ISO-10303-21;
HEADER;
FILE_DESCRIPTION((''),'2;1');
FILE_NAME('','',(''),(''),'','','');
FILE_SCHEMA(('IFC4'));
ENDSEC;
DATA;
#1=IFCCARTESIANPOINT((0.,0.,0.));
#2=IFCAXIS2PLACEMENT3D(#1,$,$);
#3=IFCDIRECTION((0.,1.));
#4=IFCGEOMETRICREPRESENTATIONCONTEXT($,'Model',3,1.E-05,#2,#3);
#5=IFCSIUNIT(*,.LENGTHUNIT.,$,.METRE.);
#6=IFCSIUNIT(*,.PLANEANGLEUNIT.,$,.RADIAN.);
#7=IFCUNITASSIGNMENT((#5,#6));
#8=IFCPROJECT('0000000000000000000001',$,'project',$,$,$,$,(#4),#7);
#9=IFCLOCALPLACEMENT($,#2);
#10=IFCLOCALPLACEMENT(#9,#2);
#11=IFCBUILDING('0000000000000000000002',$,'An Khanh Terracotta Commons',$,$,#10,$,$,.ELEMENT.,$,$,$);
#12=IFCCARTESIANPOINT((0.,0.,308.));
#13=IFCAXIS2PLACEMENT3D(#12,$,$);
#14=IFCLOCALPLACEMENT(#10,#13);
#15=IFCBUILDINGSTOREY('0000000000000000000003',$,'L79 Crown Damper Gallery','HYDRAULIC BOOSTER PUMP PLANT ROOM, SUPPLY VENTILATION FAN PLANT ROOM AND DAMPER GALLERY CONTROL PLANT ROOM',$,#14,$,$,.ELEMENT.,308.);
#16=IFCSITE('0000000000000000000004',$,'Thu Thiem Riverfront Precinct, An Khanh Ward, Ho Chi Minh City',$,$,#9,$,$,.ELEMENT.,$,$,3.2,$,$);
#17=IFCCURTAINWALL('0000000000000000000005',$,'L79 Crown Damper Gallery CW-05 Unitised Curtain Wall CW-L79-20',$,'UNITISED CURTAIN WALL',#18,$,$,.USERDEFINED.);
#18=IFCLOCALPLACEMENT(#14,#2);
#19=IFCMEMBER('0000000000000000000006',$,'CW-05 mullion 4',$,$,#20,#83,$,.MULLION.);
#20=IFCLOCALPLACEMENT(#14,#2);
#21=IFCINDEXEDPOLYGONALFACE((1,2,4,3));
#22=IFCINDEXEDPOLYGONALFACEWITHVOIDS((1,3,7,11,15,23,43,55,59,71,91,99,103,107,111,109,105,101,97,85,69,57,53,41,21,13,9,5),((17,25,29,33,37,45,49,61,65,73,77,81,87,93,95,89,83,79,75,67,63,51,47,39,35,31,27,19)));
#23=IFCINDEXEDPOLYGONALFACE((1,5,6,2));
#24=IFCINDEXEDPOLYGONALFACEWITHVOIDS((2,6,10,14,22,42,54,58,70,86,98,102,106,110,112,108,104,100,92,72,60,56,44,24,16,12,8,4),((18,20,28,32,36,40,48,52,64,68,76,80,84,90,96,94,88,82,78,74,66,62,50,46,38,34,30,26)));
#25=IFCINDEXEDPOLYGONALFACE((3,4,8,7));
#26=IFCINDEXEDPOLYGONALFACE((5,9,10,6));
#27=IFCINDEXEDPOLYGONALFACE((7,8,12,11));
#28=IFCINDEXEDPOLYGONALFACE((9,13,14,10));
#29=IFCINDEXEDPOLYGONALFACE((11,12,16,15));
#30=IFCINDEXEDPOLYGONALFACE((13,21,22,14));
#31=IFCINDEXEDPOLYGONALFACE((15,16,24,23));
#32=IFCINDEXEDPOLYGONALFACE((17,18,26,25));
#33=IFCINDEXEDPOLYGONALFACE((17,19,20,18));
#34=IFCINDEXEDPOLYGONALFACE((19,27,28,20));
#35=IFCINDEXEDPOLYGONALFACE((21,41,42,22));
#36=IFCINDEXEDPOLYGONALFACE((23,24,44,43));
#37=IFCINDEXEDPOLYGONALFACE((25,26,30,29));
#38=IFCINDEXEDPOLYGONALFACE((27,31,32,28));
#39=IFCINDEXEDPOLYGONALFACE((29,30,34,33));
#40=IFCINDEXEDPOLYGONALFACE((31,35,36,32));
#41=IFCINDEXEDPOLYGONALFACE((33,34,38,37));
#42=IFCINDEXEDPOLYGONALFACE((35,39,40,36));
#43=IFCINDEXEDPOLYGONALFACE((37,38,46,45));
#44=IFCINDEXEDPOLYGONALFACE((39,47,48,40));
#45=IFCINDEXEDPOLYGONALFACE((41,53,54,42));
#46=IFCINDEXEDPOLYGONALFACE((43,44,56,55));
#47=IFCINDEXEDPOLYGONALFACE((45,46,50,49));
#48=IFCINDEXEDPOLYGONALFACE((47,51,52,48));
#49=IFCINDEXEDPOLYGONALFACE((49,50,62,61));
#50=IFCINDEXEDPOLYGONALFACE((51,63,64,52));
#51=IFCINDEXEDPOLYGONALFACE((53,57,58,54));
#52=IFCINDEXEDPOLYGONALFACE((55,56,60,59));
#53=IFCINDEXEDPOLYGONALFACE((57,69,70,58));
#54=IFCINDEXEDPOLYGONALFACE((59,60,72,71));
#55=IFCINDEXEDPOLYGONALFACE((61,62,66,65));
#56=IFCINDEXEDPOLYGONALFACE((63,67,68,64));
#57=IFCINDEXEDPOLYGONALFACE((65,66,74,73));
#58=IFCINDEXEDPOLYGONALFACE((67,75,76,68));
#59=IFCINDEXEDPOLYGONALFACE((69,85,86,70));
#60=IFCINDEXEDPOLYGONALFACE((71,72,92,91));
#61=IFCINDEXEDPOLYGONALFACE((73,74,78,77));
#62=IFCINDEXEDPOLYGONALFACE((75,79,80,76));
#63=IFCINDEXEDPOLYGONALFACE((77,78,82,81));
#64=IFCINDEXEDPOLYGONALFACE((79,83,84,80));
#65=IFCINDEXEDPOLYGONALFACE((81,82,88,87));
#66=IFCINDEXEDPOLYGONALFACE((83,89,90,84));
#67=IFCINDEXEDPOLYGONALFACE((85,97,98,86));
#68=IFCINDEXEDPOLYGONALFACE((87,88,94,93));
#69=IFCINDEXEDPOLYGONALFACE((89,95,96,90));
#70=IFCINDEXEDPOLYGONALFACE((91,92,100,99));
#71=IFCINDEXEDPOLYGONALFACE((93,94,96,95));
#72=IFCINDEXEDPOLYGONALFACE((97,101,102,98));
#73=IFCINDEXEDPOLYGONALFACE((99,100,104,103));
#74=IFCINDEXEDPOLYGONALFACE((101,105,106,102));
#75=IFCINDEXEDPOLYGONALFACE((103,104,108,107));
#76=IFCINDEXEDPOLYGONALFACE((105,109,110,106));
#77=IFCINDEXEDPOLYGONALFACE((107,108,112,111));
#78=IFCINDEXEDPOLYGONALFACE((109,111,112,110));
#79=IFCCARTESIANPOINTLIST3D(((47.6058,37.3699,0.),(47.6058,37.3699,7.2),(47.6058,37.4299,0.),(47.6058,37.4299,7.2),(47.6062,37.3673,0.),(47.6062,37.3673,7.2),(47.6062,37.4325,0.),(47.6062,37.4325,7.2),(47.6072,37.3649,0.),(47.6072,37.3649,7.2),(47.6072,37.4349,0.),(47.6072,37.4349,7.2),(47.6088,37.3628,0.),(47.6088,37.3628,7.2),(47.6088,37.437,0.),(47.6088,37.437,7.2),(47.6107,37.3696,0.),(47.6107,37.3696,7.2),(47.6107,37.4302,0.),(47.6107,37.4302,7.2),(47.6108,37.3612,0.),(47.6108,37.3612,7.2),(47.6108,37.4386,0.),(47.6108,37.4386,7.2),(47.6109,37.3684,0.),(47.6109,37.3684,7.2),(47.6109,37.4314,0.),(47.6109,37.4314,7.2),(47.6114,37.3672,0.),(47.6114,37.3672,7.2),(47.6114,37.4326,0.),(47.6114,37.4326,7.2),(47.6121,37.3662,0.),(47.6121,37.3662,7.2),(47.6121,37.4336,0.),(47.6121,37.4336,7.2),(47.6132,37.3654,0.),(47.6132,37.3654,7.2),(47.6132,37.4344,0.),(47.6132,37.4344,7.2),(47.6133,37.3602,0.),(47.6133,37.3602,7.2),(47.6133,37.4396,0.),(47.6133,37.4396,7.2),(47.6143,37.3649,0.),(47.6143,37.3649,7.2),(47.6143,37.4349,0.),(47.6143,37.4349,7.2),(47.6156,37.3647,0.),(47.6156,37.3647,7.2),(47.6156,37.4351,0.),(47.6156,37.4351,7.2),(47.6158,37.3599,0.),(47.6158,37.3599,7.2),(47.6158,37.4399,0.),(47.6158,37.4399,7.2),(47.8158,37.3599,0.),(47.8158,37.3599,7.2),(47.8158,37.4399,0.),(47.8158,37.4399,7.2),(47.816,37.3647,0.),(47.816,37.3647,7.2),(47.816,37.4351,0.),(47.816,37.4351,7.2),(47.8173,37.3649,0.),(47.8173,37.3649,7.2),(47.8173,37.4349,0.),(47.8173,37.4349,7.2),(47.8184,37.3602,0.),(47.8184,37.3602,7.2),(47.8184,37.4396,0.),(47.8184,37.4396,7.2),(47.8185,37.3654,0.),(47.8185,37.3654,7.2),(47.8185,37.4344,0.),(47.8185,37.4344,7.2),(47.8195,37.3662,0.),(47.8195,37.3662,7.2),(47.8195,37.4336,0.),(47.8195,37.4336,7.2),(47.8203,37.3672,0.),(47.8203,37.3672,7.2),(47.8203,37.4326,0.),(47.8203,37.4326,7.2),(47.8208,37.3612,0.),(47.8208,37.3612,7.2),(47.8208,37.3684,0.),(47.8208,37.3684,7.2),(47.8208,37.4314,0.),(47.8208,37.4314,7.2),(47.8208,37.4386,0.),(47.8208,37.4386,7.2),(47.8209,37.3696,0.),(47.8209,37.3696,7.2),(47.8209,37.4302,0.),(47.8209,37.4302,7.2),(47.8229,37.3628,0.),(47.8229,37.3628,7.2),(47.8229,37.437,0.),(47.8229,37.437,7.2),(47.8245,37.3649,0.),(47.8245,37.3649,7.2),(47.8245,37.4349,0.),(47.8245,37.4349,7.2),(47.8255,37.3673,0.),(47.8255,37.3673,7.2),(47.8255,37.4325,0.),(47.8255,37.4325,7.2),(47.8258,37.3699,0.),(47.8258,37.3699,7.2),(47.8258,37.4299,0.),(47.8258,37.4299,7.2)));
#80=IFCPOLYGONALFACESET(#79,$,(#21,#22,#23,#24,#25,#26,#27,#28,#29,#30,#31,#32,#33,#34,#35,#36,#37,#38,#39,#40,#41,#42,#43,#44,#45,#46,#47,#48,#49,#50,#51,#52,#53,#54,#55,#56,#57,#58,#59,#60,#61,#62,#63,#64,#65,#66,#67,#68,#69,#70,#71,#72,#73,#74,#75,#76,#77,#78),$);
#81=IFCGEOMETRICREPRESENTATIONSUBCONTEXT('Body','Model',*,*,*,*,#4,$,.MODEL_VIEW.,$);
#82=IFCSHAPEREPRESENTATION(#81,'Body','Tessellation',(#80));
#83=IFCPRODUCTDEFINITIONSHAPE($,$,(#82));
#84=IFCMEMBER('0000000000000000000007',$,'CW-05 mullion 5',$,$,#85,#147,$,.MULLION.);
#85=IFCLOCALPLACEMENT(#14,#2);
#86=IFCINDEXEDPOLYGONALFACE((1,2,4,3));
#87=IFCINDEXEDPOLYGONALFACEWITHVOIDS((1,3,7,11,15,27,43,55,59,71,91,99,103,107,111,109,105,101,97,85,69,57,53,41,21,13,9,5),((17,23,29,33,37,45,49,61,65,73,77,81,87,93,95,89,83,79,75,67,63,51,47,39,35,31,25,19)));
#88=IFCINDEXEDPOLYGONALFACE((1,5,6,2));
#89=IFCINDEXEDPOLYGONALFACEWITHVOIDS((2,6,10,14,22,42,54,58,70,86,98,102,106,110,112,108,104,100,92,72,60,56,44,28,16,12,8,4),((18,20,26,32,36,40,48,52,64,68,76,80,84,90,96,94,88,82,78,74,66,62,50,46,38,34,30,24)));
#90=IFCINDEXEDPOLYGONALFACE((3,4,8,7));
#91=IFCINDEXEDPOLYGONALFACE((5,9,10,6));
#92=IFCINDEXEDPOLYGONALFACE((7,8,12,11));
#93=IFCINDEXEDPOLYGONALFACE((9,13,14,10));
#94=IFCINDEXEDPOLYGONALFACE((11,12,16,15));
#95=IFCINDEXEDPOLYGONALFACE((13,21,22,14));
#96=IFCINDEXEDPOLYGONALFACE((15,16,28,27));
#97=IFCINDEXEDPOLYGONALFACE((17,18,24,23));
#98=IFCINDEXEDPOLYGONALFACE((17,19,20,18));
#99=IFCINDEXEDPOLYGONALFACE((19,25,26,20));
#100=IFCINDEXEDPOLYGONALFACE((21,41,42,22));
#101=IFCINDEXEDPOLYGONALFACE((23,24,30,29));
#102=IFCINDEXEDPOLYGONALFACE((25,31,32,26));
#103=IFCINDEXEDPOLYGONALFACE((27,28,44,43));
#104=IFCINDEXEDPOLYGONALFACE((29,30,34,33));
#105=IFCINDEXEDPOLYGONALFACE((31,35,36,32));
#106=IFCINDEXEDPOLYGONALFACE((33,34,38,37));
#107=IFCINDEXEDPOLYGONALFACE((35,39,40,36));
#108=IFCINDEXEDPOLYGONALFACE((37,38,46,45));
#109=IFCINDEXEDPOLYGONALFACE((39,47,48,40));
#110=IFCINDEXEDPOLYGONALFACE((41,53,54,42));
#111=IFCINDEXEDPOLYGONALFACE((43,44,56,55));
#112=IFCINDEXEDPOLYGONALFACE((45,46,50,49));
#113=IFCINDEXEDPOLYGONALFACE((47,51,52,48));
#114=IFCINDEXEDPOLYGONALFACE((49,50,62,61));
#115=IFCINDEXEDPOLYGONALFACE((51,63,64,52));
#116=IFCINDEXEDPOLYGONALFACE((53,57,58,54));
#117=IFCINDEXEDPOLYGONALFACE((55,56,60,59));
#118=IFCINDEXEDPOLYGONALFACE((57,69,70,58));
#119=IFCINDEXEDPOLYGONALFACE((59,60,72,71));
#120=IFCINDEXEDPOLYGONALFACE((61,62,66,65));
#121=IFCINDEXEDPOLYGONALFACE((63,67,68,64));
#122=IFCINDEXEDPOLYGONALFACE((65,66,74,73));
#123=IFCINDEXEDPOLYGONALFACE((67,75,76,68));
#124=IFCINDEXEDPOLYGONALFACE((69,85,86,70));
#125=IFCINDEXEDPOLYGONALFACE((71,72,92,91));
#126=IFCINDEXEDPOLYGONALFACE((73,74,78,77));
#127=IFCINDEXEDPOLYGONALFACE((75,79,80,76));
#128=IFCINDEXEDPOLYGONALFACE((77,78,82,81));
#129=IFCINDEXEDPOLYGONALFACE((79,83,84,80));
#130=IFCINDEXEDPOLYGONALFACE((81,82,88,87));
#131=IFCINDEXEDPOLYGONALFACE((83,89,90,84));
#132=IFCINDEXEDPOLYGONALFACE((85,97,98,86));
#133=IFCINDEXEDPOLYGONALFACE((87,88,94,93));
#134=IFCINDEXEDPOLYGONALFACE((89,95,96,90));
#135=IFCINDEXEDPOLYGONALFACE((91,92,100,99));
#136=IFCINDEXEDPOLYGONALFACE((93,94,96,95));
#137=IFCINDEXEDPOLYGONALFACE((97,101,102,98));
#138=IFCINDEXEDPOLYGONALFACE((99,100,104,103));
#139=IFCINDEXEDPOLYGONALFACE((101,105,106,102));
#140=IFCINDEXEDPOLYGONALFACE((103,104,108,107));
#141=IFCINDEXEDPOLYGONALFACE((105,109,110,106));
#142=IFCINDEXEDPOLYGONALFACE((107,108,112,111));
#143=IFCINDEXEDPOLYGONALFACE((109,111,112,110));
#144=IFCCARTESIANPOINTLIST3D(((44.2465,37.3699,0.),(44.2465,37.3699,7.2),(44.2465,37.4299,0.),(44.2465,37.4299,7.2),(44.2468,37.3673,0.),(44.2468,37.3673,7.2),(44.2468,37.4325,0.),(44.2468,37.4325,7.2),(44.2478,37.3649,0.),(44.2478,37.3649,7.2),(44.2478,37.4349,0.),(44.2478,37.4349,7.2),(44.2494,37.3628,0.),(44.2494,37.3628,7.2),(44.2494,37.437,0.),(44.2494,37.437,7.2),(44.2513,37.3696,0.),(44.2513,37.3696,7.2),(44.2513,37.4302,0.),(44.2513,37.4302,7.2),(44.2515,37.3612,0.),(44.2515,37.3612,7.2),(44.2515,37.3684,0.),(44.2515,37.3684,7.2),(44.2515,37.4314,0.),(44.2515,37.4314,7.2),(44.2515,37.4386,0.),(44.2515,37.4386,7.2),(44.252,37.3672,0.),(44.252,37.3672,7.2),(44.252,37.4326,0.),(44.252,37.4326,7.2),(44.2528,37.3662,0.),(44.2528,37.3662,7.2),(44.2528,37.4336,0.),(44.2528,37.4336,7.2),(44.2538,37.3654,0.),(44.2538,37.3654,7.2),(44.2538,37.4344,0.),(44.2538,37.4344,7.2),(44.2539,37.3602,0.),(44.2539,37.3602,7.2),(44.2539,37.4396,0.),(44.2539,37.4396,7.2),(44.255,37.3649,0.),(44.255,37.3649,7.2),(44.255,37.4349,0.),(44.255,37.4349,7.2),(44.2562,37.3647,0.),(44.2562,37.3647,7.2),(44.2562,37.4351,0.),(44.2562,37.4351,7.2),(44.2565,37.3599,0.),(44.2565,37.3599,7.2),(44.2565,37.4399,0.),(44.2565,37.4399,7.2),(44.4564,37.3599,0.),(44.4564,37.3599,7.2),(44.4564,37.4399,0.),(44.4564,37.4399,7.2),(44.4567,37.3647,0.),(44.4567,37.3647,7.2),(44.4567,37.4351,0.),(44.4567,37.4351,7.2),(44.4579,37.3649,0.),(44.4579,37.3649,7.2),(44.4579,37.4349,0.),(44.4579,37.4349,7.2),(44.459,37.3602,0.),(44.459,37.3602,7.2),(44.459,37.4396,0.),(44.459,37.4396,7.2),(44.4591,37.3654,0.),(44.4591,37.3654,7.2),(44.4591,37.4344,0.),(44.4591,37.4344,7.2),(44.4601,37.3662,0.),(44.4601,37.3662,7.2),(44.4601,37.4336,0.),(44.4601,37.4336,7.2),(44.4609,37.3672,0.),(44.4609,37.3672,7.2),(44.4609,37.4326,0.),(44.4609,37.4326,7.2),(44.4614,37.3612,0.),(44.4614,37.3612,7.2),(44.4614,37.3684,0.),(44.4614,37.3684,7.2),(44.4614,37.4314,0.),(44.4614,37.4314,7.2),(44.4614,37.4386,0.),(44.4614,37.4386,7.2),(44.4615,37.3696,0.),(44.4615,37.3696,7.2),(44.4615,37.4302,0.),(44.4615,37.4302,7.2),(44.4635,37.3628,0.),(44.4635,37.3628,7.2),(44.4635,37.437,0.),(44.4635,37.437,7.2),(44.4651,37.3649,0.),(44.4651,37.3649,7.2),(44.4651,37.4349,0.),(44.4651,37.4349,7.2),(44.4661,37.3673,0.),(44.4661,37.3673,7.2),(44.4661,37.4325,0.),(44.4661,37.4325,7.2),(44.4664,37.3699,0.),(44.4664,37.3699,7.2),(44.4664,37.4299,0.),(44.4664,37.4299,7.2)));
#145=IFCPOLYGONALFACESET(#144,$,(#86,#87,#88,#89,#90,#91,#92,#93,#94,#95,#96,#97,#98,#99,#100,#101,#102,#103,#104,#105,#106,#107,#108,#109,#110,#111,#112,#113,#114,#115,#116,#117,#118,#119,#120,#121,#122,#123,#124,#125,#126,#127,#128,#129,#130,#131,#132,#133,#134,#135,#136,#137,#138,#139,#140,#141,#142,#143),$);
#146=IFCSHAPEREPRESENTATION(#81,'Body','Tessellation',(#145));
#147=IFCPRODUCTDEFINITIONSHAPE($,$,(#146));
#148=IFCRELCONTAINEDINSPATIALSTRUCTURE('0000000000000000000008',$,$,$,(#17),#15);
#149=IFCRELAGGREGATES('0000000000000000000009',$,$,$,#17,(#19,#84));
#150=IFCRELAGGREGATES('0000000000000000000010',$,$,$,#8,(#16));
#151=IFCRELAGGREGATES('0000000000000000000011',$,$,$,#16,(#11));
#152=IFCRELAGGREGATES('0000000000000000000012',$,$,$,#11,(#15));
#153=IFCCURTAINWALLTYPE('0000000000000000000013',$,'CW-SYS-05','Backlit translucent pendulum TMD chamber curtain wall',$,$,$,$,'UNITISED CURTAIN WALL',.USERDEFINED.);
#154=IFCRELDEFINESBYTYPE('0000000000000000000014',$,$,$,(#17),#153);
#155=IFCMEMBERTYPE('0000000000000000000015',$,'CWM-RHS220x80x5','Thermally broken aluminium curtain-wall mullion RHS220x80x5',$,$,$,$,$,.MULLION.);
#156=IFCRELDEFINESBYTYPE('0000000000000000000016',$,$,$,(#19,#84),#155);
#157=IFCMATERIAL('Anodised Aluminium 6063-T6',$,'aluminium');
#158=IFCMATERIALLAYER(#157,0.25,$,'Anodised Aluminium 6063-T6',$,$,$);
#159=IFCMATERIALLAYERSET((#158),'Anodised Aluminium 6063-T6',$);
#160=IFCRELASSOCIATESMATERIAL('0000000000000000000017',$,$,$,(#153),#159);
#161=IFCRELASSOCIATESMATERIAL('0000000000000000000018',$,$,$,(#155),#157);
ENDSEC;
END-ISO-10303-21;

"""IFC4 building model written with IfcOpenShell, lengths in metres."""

from ifc_helpers import new_model, si_unit, direction, frame, origin, origin_2d, place, context, subcontext, project, spatial, hollow_rectangle, extrude, material, layer, layer_set, material_profile, profile_set, type_object, element, aggregate, save


model = new_model("IFC4")

# Units and contexts
model_context = context("Model", 3, precision=1e-05, world=origin(), true_north=direction((0.0, 1.0)))
body_context = subcontext(model_context, "Body", "Model", "MODEL_VIEW")
ifc_project = project(units=[si_unit("LENGTHUNIT", "METRE"), si_unit("PLANEANGLEUNIT", "RADIAN")], contexts=[model_context])

# Site, building, storey
site_placement = place(None, origin())
site = spatial("IfcSite", under=ifc_project, at=site_placement, Name="Thu Thiem Riverfront Precinct, An Khanh Ward, Ho Chi Minh City", CompositionType="ELEMENT", RefElevation=3.2)
building_placement = place(site_placement, origin())
building = spatial("IfcBuilding", under=site, at=building_placement, Name="An Khanh Terracotta Commons", CompositionType="ELEMENT")
storey_placement = place(building_placement, frame((0.0, 0.0, 308.0)))
storey = spatial("IfcBuildingStorey", under=building, at=storey_placement, Name="L79 Crown Damper Gallery", Description="HYDRAULIC BOOSTER PUMP PLANT ROOM, SUPPLY VENTILATION FAN PLANT ROOM AND DAMPER GALLERY CONTROL PLANT ROOM", CompositionType="ELEMENT", Elevation=308.0)

# Curtain wall, members
ifc_material_1 = material(Name="Anodised Aluminium 6063-T6", Category="aluminium")
ifc_layer_1 = layer(ifc_material_1, 0.25, Name="Anodised Aluminium 6063-T6")
ifc_layer_set_1 = layer_set([ifc_layer_1], Name="Anodised Aluminium 6063-T6")
curtain_wall_type = type_object("IfcCurtainWallType", Name="CW-SYS-05", Description="Backlit translucent pendulum TMD chamber curtain wall", ElementType="UNITISED CURTAIN WALL", PredefinedType="USERDEFINED", material=ifc_layer_set_1)
curtain_wall_placement = place(storey_placement, origin())
curtain_wall = element("IfcCurtainWall", 1, at=curtain_wall_placement, inside=storey, type_object=curtain_wall_type, Name="L79 Crown Damper Gallery CW-05 Unitised Curtain Wall CW-L79-20", ObjectType="UNITISED CURTAIN WALL", PredefinedType="USERDEFINED")
ifc_material_profile_1 = material_profile(ifc_material_1, hollow_rectangle(XDim=0.0801, YDim=0.22, WallThickness=0.0049, InnerFilletRadius=0.0049, OuterFilletRadius=0.01, at=origin_2d()), Name="RHS220x80x5")
ifc_profile_set_1 = profile_set([ifc_material_profile_1], Name="Anodised Aluminium 6063-T6")
member_type_1 = type_object("IfcMemberType", Name="CWM-RHS220x80x5", Description="Thermally broken aluminium curtain-wall mullion RHS220x80x5", PredefinedType="MULLION", material=ifc_profile_set_1)
member_1_placement = place(storey_placement, frame((47.7158, 37.3999, 0.0), z_axis=(0.0, 0.0, 1.0), x_axis=(0.0, -1.0, 0.0)))
member_1 = element("IfcMember", 2, at=member_1_placement, type_object=member_type_1, Name="CW-05 mullion 4", PredefinedType="MULLION", context=body_context, shape_type="SweptSolid", body=[
    extrude(hollow_rectangle(XDim=0.0801, YDim=0.22, WallThickness=0.0049, InnerFilletRadius=0.0049, OuterFilletRadius=0.01, at=origin_2d()), origin(), (0.0, 0.0, 1.0), 7.2),
])
member_2_placement = place(storey_placement, frame((44.3564, 37.3999, 0.0), z_axis=(0.0, 0.0, 1.0), x_axis=(0.0, -1.0, 0.0)))
member_2 = element("IfcMember", 3, at=member_2_placement, type_object=member_type_1, Name="CW-05 mullion 5", PredefinedType="MULLION", context=body_context, shape_type="SweptSolid", body=[
    extrude(hollow_rectangle(XDim=0.0801, YDim=0.22, WallThickness=0.0049, InnerFilletRadius=0.0049, OuterFilletRadius=0.01, at=origin_2d()), origin(), (0.0, 0.0, 1.0), 7.2),
])

aggregate(curtain_wall, [member_1, member_2])

save(model, "model.ifc")
